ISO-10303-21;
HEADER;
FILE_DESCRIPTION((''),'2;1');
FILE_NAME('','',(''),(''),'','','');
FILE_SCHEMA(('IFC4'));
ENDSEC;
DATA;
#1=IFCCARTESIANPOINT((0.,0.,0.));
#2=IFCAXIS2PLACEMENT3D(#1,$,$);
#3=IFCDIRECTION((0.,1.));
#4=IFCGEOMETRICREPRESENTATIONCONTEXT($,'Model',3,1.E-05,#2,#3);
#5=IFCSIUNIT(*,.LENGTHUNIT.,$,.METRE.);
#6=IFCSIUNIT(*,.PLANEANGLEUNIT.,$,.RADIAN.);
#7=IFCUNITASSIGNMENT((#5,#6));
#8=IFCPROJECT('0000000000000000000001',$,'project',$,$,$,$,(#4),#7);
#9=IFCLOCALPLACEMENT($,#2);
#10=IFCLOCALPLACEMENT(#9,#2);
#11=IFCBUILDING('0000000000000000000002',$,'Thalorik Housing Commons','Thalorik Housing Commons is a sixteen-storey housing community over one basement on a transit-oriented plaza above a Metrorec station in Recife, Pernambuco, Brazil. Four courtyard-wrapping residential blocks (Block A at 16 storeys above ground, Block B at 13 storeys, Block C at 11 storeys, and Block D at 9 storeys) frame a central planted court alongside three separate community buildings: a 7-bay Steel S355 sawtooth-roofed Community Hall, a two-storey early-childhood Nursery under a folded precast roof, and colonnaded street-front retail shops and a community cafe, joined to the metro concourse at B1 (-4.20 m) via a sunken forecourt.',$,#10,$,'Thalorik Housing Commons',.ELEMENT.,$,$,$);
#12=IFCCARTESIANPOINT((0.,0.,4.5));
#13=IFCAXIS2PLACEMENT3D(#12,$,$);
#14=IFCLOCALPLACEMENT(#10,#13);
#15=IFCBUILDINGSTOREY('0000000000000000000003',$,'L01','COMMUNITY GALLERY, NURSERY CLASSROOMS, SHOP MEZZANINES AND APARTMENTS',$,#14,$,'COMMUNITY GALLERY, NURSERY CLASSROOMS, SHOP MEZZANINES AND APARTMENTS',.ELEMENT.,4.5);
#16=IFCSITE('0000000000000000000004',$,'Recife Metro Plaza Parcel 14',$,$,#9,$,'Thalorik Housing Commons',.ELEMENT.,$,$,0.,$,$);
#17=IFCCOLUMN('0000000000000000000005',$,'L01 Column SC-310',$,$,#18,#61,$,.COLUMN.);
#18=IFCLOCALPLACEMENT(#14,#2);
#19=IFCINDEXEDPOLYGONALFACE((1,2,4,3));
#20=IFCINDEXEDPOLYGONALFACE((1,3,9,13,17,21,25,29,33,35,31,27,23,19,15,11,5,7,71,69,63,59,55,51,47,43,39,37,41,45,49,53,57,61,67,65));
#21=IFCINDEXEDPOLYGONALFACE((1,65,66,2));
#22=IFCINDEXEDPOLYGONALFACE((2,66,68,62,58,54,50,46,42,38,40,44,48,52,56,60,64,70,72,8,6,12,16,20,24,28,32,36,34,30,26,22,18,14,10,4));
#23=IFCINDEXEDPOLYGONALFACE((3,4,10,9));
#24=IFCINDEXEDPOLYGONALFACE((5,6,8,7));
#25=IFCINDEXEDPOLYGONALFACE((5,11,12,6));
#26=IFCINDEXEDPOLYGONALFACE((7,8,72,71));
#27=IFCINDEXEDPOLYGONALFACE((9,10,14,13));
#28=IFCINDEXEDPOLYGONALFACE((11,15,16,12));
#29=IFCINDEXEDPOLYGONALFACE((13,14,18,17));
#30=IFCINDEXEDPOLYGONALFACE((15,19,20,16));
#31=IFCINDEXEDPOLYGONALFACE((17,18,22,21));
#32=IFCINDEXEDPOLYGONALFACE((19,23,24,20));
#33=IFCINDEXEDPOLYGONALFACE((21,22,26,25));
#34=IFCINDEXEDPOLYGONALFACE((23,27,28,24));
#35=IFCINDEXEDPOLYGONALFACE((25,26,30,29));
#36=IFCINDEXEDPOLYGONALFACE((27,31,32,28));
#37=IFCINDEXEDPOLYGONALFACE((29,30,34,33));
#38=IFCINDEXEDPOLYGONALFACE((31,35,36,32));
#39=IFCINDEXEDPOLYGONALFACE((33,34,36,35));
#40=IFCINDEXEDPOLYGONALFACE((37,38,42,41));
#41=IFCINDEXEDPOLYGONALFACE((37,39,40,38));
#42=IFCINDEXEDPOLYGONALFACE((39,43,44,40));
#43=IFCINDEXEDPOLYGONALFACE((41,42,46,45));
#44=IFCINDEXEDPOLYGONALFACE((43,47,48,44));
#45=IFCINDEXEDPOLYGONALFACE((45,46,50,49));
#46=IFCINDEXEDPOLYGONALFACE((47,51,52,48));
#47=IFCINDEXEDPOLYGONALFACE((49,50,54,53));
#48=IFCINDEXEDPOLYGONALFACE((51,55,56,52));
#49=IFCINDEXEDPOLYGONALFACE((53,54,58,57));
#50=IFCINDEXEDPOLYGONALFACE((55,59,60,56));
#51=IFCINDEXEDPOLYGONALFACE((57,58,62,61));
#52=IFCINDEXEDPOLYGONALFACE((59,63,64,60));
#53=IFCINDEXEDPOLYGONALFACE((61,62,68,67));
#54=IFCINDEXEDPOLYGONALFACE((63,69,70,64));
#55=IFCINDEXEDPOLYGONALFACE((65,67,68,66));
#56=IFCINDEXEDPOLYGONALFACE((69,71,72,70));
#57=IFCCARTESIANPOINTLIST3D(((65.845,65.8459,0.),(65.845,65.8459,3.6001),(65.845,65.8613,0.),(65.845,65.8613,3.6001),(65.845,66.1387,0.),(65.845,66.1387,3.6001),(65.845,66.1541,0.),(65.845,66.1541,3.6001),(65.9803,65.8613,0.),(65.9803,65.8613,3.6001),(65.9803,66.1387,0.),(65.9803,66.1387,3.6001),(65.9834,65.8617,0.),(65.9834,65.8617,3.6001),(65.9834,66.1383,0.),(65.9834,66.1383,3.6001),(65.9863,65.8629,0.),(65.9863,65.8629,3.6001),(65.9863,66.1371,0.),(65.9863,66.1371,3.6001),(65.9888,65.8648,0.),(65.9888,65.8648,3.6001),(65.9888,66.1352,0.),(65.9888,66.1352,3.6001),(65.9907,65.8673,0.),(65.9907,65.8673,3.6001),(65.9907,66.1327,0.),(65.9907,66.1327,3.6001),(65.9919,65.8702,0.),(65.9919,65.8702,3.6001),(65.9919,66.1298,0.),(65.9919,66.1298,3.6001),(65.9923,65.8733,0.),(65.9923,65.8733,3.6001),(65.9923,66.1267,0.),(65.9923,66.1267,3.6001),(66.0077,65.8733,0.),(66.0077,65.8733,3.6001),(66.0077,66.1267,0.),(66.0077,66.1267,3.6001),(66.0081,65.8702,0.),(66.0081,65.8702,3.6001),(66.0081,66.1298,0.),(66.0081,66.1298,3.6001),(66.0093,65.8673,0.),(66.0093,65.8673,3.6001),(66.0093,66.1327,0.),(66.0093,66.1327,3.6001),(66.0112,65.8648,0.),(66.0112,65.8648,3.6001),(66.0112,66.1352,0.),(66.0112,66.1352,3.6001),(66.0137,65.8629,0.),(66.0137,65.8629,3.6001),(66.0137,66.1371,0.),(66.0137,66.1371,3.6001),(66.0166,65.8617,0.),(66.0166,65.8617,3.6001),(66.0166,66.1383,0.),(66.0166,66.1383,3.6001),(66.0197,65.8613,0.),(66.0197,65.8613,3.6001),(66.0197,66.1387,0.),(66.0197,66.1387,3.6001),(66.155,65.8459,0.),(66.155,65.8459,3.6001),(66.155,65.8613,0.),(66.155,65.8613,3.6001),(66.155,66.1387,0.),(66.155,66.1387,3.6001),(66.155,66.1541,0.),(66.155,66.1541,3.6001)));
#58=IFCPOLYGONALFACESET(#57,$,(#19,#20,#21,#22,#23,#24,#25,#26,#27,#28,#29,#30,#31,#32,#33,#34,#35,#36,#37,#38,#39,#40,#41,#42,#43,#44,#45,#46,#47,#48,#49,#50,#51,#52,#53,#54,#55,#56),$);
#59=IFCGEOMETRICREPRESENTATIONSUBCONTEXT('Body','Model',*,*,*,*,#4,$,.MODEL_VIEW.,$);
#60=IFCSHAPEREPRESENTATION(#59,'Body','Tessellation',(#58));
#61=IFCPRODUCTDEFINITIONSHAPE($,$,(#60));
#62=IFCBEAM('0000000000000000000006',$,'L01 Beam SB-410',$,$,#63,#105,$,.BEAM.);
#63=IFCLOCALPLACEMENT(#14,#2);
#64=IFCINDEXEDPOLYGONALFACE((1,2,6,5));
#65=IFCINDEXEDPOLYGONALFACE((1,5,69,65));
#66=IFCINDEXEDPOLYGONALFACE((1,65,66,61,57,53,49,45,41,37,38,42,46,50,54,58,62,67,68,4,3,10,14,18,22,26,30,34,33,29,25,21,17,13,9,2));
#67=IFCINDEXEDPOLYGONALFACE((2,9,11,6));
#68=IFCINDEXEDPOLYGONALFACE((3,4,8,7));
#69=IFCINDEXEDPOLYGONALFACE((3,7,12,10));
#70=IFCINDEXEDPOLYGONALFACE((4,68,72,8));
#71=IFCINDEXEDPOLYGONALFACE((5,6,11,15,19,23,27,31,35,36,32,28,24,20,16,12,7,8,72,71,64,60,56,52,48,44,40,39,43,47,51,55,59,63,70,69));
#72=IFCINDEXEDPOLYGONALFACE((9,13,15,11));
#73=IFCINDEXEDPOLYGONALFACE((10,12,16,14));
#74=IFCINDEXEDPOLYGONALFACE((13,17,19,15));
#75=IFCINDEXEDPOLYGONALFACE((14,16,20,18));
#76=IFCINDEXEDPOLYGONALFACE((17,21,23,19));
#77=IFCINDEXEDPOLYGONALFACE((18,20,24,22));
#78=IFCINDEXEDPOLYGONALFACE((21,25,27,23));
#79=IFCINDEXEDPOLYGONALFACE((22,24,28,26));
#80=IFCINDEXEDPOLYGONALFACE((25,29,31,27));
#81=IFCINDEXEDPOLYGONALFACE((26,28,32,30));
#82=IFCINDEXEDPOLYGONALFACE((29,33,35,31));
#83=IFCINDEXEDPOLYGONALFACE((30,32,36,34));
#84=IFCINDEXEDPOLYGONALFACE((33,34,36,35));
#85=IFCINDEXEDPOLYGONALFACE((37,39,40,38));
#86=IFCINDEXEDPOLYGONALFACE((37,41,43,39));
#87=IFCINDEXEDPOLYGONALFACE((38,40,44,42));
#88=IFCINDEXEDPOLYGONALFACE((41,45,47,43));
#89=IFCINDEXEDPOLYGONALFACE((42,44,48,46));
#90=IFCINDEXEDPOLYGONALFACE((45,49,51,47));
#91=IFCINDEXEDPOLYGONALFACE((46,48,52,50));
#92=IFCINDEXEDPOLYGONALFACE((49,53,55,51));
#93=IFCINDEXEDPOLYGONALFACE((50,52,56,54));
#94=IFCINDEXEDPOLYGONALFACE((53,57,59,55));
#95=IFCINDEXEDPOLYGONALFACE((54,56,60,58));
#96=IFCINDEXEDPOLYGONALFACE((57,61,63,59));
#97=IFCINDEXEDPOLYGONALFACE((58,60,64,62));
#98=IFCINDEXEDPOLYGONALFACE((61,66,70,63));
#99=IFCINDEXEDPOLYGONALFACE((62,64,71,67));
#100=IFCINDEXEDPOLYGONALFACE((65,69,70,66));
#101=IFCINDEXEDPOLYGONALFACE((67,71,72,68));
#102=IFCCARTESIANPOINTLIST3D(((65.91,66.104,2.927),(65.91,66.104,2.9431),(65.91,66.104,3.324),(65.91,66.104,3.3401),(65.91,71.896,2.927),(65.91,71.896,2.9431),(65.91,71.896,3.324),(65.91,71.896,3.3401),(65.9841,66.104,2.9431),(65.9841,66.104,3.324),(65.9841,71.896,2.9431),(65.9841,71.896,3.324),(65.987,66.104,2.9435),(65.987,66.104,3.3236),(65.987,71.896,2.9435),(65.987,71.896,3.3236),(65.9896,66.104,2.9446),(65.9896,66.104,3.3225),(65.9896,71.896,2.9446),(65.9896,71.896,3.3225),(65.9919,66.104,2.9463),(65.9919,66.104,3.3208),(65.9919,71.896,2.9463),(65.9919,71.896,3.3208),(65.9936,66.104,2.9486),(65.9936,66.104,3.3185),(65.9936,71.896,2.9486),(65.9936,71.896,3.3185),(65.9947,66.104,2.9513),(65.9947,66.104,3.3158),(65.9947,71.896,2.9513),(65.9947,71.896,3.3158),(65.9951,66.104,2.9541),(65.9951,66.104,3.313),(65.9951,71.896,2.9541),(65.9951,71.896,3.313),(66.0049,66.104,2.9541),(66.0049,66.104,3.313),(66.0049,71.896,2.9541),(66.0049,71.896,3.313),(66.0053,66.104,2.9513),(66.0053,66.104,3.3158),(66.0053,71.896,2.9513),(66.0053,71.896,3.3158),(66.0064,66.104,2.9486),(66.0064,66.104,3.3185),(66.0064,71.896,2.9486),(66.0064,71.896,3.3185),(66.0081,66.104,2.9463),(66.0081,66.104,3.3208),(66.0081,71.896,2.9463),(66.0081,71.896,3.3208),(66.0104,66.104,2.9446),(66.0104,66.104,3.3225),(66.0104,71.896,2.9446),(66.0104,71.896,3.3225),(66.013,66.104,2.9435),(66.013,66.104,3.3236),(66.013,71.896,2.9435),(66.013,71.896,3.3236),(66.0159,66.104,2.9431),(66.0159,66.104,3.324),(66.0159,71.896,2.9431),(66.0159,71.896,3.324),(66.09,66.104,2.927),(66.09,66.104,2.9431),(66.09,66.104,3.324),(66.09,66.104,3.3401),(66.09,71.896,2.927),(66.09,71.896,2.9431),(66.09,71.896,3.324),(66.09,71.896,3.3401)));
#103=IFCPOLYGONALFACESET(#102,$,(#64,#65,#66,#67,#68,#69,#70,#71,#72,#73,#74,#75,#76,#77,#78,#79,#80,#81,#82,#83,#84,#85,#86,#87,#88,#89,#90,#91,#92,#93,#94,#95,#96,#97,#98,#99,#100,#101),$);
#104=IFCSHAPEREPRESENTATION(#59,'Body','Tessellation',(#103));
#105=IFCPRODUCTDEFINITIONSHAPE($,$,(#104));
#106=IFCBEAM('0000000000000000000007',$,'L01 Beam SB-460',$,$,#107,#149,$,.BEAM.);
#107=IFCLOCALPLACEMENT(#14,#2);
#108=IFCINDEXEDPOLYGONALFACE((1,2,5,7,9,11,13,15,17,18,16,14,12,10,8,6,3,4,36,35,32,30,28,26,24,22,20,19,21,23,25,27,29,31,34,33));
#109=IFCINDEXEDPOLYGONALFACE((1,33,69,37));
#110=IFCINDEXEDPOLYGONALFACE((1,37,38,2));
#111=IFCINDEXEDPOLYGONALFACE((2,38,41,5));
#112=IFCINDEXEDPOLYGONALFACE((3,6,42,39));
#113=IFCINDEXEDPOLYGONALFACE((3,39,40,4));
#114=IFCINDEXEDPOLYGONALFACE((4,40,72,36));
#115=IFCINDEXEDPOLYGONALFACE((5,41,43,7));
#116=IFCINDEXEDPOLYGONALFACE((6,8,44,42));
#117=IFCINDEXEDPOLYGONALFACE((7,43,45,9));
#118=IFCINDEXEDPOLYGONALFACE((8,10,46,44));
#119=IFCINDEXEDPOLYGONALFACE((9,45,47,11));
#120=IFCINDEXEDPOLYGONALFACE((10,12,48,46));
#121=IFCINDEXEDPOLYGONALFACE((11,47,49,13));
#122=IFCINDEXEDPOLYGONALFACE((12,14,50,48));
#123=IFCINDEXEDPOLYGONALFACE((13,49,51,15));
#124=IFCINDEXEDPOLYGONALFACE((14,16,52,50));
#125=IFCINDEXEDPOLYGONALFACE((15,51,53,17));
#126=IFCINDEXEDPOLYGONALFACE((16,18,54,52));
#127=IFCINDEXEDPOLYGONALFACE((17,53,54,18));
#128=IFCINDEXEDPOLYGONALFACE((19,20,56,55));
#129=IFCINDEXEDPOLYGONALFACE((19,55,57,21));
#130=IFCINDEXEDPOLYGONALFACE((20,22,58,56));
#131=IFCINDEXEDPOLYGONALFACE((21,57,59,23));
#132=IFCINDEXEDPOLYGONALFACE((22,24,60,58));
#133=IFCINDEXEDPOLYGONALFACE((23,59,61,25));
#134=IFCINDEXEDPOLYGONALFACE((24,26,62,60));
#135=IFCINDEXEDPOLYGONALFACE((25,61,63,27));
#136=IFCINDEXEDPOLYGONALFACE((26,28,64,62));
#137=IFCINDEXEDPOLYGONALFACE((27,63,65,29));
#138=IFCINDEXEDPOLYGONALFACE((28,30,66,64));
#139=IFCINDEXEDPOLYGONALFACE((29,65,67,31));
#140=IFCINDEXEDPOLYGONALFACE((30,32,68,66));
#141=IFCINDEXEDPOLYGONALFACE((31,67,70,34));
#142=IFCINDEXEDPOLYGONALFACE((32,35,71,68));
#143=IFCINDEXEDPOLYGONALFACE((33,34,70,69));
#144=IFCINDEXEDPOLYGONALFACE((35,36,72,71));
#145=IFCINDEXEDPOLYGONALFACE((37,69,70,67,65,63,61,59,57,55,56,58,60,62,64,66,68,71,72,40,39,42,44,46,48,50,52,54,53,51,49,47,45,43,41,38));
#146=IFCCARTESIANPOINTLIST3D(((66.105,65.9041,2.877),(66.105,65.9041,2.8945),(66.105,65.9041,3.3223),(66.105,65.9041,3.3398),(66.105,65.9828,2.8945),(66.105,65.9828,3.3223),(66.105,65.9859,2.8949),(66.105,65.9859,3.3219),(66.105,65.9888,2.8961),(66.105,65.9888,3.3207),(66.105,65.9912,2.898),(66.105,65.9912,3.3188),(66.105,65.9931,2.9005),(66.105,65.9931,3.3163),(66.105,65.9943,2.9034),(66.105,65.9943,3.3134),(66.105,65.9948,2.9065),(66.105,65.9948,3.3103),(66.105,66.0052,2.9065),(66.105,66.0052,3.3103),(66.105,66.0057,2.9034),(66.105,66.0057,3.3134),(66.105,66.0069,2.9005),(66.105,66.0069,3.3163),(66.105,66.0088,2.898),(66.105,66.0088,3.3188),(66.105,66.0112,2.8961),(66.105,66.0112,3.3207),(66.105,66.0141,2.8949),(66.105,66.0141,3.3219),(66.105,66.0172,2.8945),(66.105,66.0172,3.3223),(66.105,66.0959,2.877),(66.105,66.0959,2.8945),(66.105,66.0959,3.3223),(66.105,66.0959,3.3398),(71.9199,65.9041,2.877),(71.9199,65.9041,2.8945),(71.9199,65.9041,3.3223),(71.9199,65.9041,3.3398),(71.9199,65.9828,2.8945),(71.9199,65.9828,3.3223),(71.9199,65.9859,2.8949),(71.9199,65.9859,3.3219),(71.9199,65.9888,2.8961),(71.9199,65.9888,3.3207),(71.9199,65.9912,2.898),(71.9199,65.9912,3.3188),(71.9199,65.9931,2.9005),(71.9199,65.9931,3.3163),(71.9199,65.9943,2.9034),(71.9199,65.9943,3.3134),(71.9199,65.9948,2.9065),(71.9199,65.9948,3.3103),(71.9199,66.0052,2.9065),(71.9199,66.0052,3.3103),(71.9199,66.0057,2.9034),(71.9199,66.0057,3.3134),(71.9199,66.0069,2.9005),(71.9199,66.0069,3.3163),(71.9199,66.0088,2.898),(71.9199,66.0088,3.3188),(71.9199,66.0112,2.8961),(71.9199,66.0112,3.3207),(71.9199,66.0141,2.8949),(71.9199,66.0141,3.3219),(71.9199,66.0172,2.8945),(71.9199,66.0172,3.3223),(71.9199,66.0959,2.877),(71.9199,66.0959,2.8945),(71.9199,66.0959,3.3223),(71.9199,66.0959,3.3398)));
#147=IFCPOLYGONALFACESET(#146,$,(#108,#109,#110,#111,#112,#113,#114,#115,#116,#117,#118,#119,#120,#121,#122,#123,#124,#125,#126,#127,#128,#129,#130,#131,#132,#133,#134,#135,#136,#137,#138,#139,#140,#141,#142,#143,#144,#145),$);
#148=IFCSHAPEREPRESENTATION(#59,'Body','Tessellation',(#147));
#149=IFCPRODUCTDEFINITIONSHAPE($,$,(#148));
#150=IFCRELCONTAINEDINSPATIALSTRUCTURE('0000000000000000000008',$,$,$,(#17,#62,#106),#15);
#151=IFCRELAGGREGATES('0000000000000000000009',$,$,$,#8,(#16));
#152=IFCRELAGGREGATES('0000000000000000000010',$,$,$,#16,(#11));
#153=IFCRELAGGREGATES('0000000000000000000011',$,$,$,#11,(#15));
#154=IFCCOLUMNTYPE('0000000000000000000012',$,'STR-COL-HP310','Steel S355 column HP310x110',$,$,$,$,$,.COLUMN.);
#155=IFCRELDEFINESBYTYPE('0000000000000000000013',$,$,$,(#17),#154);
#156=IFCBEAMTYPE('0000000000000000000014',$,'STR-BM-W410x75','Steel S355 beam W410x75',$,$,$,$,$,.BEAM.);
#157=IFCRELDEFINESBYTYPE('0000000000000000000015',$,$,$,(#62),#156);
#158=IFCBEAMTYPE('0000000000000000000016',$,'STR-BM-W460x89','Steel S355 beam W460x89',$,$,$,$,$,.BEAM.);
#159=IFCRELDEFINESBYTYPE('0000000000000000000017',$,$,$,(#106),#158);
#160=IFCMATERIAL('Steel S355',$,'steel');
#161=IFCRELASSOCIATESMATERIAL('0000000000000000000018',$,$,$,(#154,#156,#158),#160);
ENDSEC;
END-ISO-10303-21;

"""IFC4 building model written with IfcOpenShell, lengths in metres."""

from ifc_helpers import new_model, si_unit, direction, frame, origin, origin_2d, place, context, subcontext, project, spatial, i_section, extrude, material, material_profile, profile_set, type_object, element, save


model = new_model("IFC4")

# Units and contexts
model_context = context("Model", 3, precision=1e-05, world=origin(), true_north=direction((0.0, 1.0)))
body_context = subcontext(model_context, "Body", "Model", "MODEL_VIEW")
ifc_project = project(units=[si_unit("LENGTHUNIT", "METRE"), si_unit("PLANEANGLEUNIT", "RADIAN")], contexts=[model_context])

# Site, building, storey
site_placement = place(None, origin())
site = spatial("IfcSite", under=ifc_project, at=site_placement, Name="Recife Metro Plaza Parcel 14", LongName="Thalorik Housing Commons", CompositionType="ELEMENT", RefElevation=0.0)
building_placement = place(site_placement, origin())
building = spatial("IfcBuilding", under=site, at=building_placement, Name="Thalorik Housing Commons", Description="Thalorik Housing Commons is a sixteen-storey housing community over one basement on a transit-oriented plaza above a Metrorec station in Recife, Pernambuco, Brazil. Four courtyard-wrapping residential blocks (Block A at 16 storeys above ground, Block B at 13 storeys, Block C at 11 storeys, and Block D at 9 storeys) frame a central planted court alongside three separate community buildings: a 7-bay Steel S355 sawtooth-roofed Community Hall, a two-storey early-childhood Nursery under a folded precast roof, and colonnaded street-front retail shops and a community cafe, joined to the metro concourse at B1 (-4.20 m) via a sunken forecourt.", LongName="Thalorik Housing Commons", CompositionType="ELEMENT")
storey_placement = place(building_placement, frame((0.0, 0.0, 4.5)))
storey = spatial("IfcBuildingStorey", under=building, at=storey_placement, Name="L01", Description="COMMUNITY GALLERY, NURSERY CLASSROOMS, SHOP MEZZANINES AND APARTMENTS", LongName="COMMUNITY GALLERY, NURSERY CLASSROOMS, SHOP MEZZANINES AND APARTMENTS", CompositionType="ELEMENT", Elevation=4.5)

# Column
ifc_material_1 = material(Name="Steel S355", Category="steel")
ifc_material_profile_1 = material_profile(ifc_material_1, i_section(OverallWidth=0.3101, OverallDepth=0.3081, WebThickness=0.0154, FlangeThickness=0.0154, FilletRadius=0.012, at=origin_2d()), Name="HP310x110", Category="steel")
ifc_profile_set_1 = profile_set([ifc_material_profile_1], Name="Steel S355")
column_type = type_object("IfcColumnType", Name="STR-COL-HP310", Description="Steel S355 column HP310x110", PredefinedType="COLUMN", material=ifc_profile_set_1)
column_placement = place(storey_placement, frame((66.0, 66.0, 0.0), z_axis=(0.0, 0.0, 1.0), x_axis=(1.0, 0.0, 0.0)))
element("IfcColumn", 1, at=column_placement, inside=storey, type_object=column_type, Name="L01 Column SC-310", PredefinedType="COLUMN", context=body_context, shape_type="SweptSolid", body=[
    extrude(i_section(OverallWidth=0.3101, OverallDepth=0.3081, WebThickness=0.0154, FlangeThickness=0.0154, FilletRadius=0.012, at=origin_2d()), origin(), (0.0, 0.0, 1.0), 3.6001),
])

# Beams
ifc_material_profile_2 = material_profile(ifc_material_1, i_section(OverallWidth=0.1799, OverallDepth=0.4131, WebThickness=0.0098, FlangeThickness=0.0161, FilletRadius=0.011, at=origin_2d()), Name="W410x75", Category="steel")
ifc_profile_set_2 = profile_set([ifc_material_profile_2], Name="Steel S355")
beam_type_1 = type_object("IfcBeamType", Name="STR-BM-W410x75", Description="Steel S355 beam W410x75", PredefinedType="BEAM", material=ifc_profile_set_2)
beam_1_placement = place(storey_placement, frame((66.0, 66.104, 3.1335), z_axis=(0.0, 1.0, 0.0), x_axis=(-1.0, 0.0, 0.0)))
element("IfcBeam", 2, at=beam_1_placement, inside=storey, type_object=beam_type_1, Name="L01 Beam SB-410", PredefinedType="BEAM", context=body_context, shape_type="SweptSolid", body=[
    extrude(i_section(OverallWidth=0.1799, OverallDepth=0.4131, WebThickness=0.0098, FlangeThickness=0.0161, FilletRadius=0.011, at=origin_2d()), origin(), (0.0, 0.0, 1.0), 5.792),
])
ifc_material_profile_3 = material_profile(ifc_material_1, i_section(OverallWidth=0.1919, OverallDepth=0.4629, WebThickness=0.0105, FlangeThickness=0.0176, FilletRadius=0.012, at=origin_2d()), Name="W460x89", Category="steel")
ifc_profile_set_3 = profile_set([ifc_material_profile_3], Name="Steel S355")
beam_type_2 = type_object("IfcBeamType", Name="STR-BM-W460x89", Description="Steel S355 beam W460x89", PredefinedType="BEAM", material=ifc_profile_set_3)
beam_2_placement = place(storey_placement, frame((66.105, 66.0, 3.1084), z_axis=(1.0, 0.0, 0.0), x_axis=(0.0, 1.0, 0.0)))
element("IfcBeam", 3, at=beam_2_placement, inside=storey, type_object=beam_type_2, Name="L01 Beam SB-460", PredefinedType="BEAM", context=body_context, shape_type="SweptSolid", body=[
    extrude(i_section(OverallWidth=0.1919, OverallDepth=0.4629, WebThickness=0.0105, FlangeThickness=0.0176, FilletRadius=0.012, at=origin_2d()), origin(), (0.0, 0.0, 1.0), 5.8149),
])

save(model, "model.ifc")
